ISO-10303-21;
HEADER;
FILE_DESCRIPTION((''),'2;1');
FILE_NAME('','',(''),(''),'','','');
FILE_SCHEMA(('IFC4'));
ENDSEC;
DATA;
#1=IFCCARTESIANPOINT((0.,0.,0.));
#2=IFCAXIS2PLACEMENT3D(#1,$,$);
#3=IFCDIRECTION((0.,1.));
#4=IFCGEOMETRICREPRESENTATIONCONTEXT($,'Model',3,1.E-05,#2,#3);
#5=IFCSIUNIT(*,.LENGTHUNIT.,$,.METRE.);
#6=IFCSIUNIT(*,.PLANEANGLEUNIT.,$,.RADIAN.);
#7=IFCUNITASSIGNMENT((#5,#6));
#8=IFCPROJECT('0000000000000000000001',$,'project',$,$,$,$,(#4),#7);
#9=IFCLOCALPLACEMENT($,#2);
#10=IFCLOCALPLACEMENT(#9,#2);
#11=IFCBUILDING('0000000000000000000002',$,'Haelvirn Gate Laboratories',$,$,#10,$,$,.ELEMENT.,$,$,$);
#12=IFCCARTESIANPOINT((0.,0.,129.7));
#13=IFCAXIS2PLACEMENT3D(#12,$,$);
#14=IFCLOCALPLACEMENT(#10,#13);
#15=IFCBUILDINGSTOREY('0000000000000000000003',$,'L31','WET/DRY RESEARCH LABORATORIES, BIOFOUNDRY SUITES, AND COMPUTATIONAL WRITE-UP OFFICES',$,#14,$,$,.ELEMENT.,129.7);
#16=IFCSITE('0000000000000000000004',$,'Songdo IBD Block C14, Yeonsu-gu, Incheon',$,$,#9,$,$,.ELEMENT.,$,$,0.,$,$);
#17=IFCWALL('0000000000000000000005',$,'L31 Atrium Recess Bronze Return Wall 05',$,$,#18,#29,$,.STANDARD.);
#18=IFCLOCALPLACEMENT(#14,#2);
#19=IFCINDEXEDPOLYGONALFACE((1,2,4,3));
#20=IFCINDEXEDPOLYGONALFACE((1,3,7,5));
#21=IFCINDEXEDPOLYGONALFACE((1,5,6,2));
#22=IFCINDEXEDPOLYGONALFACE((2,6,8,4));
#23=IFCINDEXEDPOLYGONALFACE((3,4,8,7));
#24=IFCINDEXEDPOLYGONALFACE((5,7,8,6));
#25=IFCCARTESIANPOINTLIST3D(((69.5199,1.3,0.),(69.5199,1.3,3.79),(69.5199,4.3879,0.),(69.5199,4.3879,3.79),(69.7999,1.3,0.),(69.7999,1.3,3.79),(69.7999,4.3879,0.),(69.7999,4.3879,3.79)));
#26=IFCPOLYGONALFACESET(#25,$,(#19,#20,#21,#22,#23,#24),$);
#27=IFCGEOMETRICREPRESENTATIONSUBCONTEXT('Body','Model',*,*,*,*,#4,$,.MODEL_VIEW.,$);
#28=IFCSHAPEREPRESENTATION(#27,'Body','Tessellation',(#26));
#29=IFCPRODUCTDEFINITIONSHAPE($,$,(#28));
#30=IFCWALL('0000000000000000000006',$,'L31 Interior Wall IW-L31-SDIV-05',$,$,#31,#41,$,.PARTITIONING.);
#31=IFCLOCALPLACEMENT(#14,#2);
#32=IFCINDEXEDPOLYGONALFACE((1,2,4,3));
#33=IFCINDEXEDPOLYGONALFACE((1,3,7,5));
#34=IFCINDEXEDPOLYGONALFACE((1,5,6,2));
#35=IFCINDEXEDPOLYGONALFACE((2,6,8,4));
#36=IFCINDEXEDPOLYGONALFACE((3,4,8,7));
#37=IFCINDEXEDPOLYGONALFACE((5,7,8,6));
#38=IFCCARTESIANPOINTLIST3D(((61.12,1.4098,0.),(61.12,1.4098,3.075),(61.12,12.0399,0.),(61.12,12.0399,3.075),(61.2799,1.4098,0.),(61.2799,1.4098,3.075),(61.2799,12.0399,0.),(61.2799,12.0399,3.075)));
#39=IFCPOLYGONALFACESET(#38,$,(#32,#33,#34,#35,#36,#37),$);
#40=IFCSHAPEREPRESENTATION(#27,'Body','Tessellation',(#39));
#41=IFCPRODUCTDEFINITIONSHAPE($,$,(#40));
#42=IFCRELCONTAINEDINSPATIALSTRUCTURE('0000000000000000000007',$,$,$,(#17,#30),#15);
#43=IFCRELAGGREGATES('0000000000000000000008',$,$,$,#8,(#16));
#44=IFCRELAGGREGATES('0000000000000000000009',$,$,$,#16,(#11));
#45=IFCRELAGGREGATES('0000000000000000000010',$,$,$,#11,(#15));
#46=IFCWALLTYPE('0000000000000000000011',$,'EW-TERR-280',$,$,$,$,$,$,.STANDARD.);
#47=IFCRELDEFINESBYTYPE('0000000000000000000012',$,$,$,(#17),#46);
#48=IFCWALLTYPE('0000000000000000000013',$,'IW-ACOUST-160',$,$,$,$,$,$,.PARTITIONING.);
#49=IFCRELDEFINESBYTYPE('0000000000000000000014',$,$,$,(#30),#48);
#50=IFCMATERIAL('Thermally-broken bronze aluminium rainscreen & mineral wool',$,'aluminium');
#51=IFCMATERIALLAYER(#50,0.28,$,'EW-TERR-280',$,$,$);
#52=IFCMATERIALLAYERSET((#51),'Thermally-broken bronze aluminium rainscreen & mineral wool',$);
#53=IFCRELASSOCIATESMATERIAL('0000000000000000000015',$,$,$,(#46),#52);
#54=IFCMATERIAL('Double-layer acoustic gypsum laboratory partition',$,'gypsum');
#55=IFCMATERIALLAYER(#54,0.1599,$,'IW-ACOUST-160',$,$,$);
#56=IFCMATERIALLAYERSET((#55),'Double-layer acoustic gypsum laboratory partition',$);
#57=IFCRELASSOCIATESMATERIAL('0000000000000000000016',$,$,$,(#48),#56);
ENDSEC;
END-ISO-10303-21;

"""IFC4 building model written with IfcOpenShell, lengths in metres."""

from ifc_helpers import new_model, si_unit, direction, frame, frame_2d, origin, place, context, subcontext, project, spatial, rectangle, extrude, material, layer, layer_set, type_object, element, save


model = new_model("IFC4")

# Units and contexts
model_context = context("Model", 3, precision=1e-05, world=origin(), true_north=direction((0.0, 1.0)))
body_context = subcontext(model_context, "Body", "Model", "MODEL_VIEW")
ifc_project = project(units=[si_unit("LENGTHUNIT", "METRE"), si_unit("PLANEANGLEUNIT", "RADIAN")], contexts=[model_context])

# Site, building, storey
site_placement = place(None, origin())
site = spatial("IfcSite", under=ifc_project, at=site_placement, Name="Songdo IBD Block C14, Yeonsu-gu, Incheon", CompositionType="ELEMENT", RefElevation=0.0)
building_placement = place(site_placement, origin())
building = spatial("IfcBuilding", under=site, at=building_placement, Name="Haelvirn Gate Laboratories", CompositionType="ELEMENT")
storey_placement = place(building_placement, frame((0.0, 0.0, 129.7)))
storey = spatial("IfcBuildingStorey", under=building, at=storey_placement, Name="L31", Description="WET/DRY RESEARCH LABORATORIES, BIOFOUNDRY SUITES, AND COMPUTATIONAL WRITE-UP OFFICES", CompositionType="ELEMENT", Elevation=129.7)

# Walls
ifc_material_1 = material(Name="Thermally-broken bronze aluminium rainscreen & mineral wool", Category="aluminium")
ifc_layer_1 = layer(ifc_material_1, 0.28, Name="EW-TERR-280")
ifc_layer_set_1 = layer_set([ifc_layer_1], Name="Thermally-broken bronze aluminium rainscreen & mineral wool")
wall_type_1 = type_object("IfcWallType", Name="EW-TERR-280", PredefinedType="STANDARD", material=ifc_layer_set_1)
wall_1_placement = place(storey_placement, frame((69.6599, 1.3, 0.0), z_axis=(0.0, 0.0, 1.0), x_axis=(0.0, 1.0, 0.0)))
element("IfcWall", 1, at=wall_1_placement, inside=storey, type_object=wall_type_1, Name="L31 Atrium Recess Bronze Return Wall 05", PredefinedType="STANDARD", context=body_context, shape_type="SweptSolid", body=[
    extrude(rectangle(XDim=3.0879, YDim=0.28, at=frame_2d((1.5439, 0.0))), origin(), (0.0, 0.0, 1.0), 3.79),
])
ifc_material_2 = material(Name="Double-layer acoustic gypsum laboratory partition", Category="gypsum")
ifc_layer_2 = layer(ifc_material_2, 0.1599, Name="IW-ACOUST-160")
ifc_layer_set_2 = layer_set([ifc_layer_2], Name="Double-layer acoustic gypsum laboratory partition")
wall_type_2 = type_object("IfcWallType", Name="IW-ACOUST-160", PredefinedType="PARTITIONING", material=ifc_layer_set_2)
wall_2_placement = place(storey_placement, frame((61.2, 1.4099, 0.0), z_axis=(0.0, 0.0, 1.0), x_axis=(0.0, 1.0, 0.0)))
element("IfcWall", 2, at=wall_2_placement, inside=storey, type_object=wall_type_2, Name="L31 Interior Wall IW-L31-SDIV-05", PredefinedType="PARTITIONING", context=body_context, shape_type="SweptSolid", body=[
    extrude(rectangle(XDim=10.6301, YDim=0.1599, at=frame_2d((5.3149, 0.0))), origin(), (0.0, 0.0, 1.0), 3.075),
])

save(model, "model.ifc")
